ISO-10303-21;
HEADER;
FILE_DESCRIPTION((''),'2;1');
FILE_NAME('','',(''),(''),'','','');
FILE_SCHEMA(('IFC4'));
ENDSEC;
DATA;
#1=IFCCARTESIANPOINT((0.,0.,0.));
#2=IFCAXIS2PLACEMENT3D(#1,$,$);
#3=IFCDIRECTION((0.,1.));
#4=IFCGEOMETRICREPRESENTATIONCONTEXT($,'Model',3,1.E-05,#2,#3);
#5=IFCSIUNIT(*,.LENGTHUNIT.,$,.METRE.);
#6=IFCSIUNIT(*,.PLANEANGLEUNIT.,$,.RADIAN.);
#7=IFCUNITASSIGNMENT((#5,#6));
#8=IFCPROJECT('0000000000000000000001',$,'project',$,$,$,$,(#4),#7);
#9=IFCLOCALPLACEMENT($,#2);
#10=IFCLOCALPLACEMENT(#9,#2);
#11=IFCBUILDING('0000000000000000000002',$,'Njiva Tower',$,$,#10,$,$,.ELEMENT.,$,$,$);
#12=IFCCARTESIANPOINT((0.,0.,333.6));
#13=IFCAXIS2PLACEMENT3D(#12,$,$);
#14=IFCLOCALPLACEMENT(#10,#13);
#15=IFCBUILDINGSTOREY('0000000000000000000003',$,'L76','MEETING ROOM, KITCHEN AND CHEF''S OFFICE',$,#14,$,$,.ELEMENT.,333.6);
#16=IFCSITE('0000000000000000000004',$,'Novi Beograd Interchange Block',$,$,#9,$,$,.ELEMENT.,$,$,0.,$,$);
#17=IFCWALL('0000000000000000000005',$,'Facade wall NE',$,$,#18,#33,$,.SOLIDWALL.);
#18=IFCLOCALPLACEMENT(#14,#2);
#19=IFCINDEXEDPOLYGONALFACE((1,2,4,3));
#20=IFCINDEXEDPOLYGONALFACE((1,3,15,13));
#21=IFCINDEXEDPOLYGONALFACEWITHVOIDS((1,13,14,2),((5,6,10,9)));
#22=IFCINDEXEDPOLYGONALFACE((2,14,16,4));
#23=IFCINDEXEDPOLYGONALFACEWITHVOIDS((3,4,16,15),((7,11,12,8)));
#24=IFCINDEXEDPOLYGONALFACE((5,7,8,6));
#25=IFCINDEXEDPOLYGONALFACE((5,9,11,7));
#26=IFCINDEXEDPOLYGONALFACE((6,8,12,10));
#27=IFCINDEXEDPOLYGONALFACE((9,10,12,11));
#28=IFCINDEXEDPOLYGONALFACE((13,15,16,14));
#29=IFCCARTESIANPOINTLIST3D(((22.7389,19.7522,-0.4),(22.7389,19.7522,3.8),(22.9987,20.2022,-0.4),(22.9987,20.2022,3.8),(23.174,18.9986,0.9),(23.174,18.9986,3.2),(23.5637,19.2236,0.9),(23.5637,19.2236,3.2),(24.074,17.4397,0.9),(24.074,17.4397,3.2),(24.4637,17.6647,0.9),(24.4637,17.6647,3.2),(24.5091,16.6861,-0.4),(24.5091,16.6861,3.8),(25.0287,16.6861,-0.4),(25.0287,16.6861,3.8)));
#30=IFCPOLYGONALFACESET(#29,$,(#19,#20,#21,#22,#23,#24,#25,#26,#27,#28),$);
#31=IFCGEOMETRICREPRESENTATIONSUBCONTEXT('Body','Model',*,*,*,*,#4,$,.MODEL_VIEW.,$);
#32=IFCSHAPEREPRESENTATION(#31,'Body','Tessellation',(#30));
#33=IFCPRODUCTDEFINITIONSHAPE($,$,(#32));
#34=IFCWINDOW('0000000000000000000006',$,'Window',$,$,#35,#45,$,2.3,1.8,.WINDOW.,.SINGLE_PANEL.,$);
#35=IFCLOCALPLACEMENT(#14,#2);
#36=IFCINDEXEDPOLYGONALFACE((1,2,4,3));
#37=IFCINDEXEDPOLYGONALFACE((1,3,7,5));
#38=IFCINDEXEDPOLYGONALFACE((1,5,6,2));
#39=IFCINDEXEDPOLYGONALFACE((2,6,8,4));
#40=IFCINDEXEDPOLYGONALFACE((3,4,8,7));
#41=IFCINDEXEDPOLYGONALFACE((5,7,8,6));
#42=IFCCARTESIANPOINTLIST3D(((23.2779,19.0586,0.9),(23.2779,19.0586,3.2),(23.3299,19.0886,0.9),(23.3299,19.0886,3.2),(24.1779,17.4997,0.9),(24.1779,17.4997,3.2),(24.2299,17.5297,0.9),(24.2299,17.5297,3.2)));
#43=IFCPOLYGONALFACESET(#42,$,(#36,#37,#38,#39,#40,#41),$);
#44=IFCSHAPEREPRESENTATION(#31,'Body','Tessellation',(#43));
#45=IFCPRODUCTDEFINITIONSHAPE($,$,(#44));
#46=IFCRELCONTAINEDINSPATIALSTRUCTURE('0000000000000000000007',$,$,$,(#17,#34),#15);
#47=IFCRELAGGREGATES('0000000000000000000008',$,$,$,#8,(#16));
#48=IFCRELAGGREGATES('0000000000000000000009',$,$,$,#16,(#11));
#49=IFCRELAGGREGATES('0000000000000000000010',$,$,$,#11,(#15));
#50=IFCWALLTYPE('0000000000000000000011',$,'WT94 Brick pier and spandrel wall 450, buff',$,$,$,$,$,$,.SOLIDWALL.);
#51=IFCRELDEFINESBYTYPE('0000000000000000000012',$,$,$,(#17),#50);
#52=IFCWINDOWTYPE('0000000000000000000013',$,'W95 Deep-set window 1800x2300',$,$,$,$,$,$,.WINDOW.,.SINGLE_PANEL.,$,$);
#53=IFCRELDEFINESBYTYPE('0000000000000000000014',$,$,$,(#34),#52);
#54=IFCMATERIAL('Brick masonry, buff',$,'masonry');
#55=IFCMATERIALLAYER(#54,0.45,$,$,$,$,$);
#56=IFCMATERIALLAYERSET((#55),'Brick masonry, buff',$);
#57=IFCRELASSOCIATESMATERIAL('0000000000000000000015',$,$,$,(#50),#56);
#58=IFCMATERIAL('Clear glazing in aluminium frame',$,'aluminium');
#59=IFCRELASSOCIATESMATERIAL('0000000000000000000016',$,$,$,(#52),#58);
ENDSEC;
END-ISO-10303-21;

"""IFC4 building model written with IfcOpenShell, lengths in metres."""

from ifc_helpers import new_model, si_unit, direction, frame, frame_2d, origin, place, context, subcontext, project, spatial, polyline, rectangle, outline, extrude, material, layer, layer_set, type_object, element, fill, save


model = new_model("IFC4")

# Units and contexts
model_context = context("Model", 3, precision=1e-05, world=origin(), true_north=direction((0.0, 1.0)))
body_context = subcontext(model_context, "Body", "Model", "MODEL_VIEW")
ifc_project = project(units=[si_unit("LENGTHUNIT", "METRE"), si_unit("PLANEANGLEUNIT", "RADIAN")], contexts=[model_context])

# Site, building, storey
site_placement = place(None, origin())
site = spatial("IfcSite", under=ifc_project, at=site_placement, Name="Novi Beograd Interchange Block", CompositionType="ELEMENT", RefElevation=0.0)
building_placement = place(site_placement, origin())
building = spatial("IfcBuilding", under=site, at=building_placement, Name="Njiva Tower", CompositionType="ELEMENT")
storey_placement = place(building_placement, frame((0.0, 0.0, 333.6)))
storey = spatial("IfcBuildingStorey", under=building, at=storey_placement, Name="L76", Description="MEETING ROOM, KITCHEN AND CHEF'S OFFICE", CompositionType="ELEMENT", Elevation=333.6)

# Shared definitions
ifc_material_1 = material(Name="Clear glazing in aluminium frame", Category="aluminium")

# Wall, opening, window
ifc_material_2 = material(Name="Brick masonry, buff", Category="masonry")
ifc_layer_1 = layer(ifc_material_2, 0.45)
ifc_layer_set_1 = layer_set([ifc_layer_1], Name="Brick masonry, buff")
wall_type_1 = type_object("IfcWallType", Name="WT94 Brick pier and spandrel wall 450, buff", PredefinedType="SOLIDWALL", material=ifc_layer_set_1)
wall_1_placement = place(storey_placement, frame((24.7689, 16.6861, -0.4), z_axis=(0.0, 0.0, 1.0), x_axis=(-0.499997, 0.866027, 0.0)))
wall_1 = element("IfcWall", 1, at=wall_1_placement, inside=storey, type_object=wall_type_1, Name="Facade wall NE", PredefinedType="SOLIDWALL", context=body_context, shape_type="SweptSolid", body=[
    extrude(outline(polyline([(-0.1299, -0.225), (3.9301, -0.225), (3.6703, 0.225), (0.1299, 0.225), (-0.1299, -0.225)])), origin(), (0.0, 0.0, 1.0), 4.2),
])
opening_1_placement = place(wall_1_placement, frame((1.0001, 0.0, 1.3)))
opening_1 = element("IfcOpeningElement", 2, at=opening_1_placement, cuts=wall_1, PredefinedType="OPENING", context=body_context, shape_type="SweptSolid", body=[
    extrude(rectangle(XDim=1.8, YDim=2.3, at=frame_2d((0.9, 1.15))), frame((0.0, 0.235, 0.0), z_axis=(0.0, -1.0, 0.0), x_axis=(1.0, 0.0, 0.0)), (0.0, 0.0, 1.0), 0.47),
])
window_type_1 = type_object("IfcWindowType", Name="W95 Deep-set window 1800x2300", PartitioningType="SINGLE_PANEL", PredefinedType="WINDOW", material=ifc_material_1)
window_1_placement = place(opening_1_placement, origin())
window_1 = element("IfcWindow", 3, at=window_1_placement, inside=storey, type_object=window_type_1, Name="Window", OverallHeight=2.3, OverallWidth=1.8, PartitioningType="SINGLE_PANEL", PredefinedType="WINDOW", context=body_context, shape_type="SweptSolid", body=[
    extrude(rectangle(XDim=1.8, YDim=2.3, at=frame_2d((0.9, 1.15))), frame((0.0, 0.105, 0.0), z_axis=(0.0, -1.0, 0.0), x_axis=(1.0, 0.0, 0.0)), (0.0, 0.0, 1.0), 0.06),
])
fill(opening_1, window_1)

save(model, "model.ifc")
